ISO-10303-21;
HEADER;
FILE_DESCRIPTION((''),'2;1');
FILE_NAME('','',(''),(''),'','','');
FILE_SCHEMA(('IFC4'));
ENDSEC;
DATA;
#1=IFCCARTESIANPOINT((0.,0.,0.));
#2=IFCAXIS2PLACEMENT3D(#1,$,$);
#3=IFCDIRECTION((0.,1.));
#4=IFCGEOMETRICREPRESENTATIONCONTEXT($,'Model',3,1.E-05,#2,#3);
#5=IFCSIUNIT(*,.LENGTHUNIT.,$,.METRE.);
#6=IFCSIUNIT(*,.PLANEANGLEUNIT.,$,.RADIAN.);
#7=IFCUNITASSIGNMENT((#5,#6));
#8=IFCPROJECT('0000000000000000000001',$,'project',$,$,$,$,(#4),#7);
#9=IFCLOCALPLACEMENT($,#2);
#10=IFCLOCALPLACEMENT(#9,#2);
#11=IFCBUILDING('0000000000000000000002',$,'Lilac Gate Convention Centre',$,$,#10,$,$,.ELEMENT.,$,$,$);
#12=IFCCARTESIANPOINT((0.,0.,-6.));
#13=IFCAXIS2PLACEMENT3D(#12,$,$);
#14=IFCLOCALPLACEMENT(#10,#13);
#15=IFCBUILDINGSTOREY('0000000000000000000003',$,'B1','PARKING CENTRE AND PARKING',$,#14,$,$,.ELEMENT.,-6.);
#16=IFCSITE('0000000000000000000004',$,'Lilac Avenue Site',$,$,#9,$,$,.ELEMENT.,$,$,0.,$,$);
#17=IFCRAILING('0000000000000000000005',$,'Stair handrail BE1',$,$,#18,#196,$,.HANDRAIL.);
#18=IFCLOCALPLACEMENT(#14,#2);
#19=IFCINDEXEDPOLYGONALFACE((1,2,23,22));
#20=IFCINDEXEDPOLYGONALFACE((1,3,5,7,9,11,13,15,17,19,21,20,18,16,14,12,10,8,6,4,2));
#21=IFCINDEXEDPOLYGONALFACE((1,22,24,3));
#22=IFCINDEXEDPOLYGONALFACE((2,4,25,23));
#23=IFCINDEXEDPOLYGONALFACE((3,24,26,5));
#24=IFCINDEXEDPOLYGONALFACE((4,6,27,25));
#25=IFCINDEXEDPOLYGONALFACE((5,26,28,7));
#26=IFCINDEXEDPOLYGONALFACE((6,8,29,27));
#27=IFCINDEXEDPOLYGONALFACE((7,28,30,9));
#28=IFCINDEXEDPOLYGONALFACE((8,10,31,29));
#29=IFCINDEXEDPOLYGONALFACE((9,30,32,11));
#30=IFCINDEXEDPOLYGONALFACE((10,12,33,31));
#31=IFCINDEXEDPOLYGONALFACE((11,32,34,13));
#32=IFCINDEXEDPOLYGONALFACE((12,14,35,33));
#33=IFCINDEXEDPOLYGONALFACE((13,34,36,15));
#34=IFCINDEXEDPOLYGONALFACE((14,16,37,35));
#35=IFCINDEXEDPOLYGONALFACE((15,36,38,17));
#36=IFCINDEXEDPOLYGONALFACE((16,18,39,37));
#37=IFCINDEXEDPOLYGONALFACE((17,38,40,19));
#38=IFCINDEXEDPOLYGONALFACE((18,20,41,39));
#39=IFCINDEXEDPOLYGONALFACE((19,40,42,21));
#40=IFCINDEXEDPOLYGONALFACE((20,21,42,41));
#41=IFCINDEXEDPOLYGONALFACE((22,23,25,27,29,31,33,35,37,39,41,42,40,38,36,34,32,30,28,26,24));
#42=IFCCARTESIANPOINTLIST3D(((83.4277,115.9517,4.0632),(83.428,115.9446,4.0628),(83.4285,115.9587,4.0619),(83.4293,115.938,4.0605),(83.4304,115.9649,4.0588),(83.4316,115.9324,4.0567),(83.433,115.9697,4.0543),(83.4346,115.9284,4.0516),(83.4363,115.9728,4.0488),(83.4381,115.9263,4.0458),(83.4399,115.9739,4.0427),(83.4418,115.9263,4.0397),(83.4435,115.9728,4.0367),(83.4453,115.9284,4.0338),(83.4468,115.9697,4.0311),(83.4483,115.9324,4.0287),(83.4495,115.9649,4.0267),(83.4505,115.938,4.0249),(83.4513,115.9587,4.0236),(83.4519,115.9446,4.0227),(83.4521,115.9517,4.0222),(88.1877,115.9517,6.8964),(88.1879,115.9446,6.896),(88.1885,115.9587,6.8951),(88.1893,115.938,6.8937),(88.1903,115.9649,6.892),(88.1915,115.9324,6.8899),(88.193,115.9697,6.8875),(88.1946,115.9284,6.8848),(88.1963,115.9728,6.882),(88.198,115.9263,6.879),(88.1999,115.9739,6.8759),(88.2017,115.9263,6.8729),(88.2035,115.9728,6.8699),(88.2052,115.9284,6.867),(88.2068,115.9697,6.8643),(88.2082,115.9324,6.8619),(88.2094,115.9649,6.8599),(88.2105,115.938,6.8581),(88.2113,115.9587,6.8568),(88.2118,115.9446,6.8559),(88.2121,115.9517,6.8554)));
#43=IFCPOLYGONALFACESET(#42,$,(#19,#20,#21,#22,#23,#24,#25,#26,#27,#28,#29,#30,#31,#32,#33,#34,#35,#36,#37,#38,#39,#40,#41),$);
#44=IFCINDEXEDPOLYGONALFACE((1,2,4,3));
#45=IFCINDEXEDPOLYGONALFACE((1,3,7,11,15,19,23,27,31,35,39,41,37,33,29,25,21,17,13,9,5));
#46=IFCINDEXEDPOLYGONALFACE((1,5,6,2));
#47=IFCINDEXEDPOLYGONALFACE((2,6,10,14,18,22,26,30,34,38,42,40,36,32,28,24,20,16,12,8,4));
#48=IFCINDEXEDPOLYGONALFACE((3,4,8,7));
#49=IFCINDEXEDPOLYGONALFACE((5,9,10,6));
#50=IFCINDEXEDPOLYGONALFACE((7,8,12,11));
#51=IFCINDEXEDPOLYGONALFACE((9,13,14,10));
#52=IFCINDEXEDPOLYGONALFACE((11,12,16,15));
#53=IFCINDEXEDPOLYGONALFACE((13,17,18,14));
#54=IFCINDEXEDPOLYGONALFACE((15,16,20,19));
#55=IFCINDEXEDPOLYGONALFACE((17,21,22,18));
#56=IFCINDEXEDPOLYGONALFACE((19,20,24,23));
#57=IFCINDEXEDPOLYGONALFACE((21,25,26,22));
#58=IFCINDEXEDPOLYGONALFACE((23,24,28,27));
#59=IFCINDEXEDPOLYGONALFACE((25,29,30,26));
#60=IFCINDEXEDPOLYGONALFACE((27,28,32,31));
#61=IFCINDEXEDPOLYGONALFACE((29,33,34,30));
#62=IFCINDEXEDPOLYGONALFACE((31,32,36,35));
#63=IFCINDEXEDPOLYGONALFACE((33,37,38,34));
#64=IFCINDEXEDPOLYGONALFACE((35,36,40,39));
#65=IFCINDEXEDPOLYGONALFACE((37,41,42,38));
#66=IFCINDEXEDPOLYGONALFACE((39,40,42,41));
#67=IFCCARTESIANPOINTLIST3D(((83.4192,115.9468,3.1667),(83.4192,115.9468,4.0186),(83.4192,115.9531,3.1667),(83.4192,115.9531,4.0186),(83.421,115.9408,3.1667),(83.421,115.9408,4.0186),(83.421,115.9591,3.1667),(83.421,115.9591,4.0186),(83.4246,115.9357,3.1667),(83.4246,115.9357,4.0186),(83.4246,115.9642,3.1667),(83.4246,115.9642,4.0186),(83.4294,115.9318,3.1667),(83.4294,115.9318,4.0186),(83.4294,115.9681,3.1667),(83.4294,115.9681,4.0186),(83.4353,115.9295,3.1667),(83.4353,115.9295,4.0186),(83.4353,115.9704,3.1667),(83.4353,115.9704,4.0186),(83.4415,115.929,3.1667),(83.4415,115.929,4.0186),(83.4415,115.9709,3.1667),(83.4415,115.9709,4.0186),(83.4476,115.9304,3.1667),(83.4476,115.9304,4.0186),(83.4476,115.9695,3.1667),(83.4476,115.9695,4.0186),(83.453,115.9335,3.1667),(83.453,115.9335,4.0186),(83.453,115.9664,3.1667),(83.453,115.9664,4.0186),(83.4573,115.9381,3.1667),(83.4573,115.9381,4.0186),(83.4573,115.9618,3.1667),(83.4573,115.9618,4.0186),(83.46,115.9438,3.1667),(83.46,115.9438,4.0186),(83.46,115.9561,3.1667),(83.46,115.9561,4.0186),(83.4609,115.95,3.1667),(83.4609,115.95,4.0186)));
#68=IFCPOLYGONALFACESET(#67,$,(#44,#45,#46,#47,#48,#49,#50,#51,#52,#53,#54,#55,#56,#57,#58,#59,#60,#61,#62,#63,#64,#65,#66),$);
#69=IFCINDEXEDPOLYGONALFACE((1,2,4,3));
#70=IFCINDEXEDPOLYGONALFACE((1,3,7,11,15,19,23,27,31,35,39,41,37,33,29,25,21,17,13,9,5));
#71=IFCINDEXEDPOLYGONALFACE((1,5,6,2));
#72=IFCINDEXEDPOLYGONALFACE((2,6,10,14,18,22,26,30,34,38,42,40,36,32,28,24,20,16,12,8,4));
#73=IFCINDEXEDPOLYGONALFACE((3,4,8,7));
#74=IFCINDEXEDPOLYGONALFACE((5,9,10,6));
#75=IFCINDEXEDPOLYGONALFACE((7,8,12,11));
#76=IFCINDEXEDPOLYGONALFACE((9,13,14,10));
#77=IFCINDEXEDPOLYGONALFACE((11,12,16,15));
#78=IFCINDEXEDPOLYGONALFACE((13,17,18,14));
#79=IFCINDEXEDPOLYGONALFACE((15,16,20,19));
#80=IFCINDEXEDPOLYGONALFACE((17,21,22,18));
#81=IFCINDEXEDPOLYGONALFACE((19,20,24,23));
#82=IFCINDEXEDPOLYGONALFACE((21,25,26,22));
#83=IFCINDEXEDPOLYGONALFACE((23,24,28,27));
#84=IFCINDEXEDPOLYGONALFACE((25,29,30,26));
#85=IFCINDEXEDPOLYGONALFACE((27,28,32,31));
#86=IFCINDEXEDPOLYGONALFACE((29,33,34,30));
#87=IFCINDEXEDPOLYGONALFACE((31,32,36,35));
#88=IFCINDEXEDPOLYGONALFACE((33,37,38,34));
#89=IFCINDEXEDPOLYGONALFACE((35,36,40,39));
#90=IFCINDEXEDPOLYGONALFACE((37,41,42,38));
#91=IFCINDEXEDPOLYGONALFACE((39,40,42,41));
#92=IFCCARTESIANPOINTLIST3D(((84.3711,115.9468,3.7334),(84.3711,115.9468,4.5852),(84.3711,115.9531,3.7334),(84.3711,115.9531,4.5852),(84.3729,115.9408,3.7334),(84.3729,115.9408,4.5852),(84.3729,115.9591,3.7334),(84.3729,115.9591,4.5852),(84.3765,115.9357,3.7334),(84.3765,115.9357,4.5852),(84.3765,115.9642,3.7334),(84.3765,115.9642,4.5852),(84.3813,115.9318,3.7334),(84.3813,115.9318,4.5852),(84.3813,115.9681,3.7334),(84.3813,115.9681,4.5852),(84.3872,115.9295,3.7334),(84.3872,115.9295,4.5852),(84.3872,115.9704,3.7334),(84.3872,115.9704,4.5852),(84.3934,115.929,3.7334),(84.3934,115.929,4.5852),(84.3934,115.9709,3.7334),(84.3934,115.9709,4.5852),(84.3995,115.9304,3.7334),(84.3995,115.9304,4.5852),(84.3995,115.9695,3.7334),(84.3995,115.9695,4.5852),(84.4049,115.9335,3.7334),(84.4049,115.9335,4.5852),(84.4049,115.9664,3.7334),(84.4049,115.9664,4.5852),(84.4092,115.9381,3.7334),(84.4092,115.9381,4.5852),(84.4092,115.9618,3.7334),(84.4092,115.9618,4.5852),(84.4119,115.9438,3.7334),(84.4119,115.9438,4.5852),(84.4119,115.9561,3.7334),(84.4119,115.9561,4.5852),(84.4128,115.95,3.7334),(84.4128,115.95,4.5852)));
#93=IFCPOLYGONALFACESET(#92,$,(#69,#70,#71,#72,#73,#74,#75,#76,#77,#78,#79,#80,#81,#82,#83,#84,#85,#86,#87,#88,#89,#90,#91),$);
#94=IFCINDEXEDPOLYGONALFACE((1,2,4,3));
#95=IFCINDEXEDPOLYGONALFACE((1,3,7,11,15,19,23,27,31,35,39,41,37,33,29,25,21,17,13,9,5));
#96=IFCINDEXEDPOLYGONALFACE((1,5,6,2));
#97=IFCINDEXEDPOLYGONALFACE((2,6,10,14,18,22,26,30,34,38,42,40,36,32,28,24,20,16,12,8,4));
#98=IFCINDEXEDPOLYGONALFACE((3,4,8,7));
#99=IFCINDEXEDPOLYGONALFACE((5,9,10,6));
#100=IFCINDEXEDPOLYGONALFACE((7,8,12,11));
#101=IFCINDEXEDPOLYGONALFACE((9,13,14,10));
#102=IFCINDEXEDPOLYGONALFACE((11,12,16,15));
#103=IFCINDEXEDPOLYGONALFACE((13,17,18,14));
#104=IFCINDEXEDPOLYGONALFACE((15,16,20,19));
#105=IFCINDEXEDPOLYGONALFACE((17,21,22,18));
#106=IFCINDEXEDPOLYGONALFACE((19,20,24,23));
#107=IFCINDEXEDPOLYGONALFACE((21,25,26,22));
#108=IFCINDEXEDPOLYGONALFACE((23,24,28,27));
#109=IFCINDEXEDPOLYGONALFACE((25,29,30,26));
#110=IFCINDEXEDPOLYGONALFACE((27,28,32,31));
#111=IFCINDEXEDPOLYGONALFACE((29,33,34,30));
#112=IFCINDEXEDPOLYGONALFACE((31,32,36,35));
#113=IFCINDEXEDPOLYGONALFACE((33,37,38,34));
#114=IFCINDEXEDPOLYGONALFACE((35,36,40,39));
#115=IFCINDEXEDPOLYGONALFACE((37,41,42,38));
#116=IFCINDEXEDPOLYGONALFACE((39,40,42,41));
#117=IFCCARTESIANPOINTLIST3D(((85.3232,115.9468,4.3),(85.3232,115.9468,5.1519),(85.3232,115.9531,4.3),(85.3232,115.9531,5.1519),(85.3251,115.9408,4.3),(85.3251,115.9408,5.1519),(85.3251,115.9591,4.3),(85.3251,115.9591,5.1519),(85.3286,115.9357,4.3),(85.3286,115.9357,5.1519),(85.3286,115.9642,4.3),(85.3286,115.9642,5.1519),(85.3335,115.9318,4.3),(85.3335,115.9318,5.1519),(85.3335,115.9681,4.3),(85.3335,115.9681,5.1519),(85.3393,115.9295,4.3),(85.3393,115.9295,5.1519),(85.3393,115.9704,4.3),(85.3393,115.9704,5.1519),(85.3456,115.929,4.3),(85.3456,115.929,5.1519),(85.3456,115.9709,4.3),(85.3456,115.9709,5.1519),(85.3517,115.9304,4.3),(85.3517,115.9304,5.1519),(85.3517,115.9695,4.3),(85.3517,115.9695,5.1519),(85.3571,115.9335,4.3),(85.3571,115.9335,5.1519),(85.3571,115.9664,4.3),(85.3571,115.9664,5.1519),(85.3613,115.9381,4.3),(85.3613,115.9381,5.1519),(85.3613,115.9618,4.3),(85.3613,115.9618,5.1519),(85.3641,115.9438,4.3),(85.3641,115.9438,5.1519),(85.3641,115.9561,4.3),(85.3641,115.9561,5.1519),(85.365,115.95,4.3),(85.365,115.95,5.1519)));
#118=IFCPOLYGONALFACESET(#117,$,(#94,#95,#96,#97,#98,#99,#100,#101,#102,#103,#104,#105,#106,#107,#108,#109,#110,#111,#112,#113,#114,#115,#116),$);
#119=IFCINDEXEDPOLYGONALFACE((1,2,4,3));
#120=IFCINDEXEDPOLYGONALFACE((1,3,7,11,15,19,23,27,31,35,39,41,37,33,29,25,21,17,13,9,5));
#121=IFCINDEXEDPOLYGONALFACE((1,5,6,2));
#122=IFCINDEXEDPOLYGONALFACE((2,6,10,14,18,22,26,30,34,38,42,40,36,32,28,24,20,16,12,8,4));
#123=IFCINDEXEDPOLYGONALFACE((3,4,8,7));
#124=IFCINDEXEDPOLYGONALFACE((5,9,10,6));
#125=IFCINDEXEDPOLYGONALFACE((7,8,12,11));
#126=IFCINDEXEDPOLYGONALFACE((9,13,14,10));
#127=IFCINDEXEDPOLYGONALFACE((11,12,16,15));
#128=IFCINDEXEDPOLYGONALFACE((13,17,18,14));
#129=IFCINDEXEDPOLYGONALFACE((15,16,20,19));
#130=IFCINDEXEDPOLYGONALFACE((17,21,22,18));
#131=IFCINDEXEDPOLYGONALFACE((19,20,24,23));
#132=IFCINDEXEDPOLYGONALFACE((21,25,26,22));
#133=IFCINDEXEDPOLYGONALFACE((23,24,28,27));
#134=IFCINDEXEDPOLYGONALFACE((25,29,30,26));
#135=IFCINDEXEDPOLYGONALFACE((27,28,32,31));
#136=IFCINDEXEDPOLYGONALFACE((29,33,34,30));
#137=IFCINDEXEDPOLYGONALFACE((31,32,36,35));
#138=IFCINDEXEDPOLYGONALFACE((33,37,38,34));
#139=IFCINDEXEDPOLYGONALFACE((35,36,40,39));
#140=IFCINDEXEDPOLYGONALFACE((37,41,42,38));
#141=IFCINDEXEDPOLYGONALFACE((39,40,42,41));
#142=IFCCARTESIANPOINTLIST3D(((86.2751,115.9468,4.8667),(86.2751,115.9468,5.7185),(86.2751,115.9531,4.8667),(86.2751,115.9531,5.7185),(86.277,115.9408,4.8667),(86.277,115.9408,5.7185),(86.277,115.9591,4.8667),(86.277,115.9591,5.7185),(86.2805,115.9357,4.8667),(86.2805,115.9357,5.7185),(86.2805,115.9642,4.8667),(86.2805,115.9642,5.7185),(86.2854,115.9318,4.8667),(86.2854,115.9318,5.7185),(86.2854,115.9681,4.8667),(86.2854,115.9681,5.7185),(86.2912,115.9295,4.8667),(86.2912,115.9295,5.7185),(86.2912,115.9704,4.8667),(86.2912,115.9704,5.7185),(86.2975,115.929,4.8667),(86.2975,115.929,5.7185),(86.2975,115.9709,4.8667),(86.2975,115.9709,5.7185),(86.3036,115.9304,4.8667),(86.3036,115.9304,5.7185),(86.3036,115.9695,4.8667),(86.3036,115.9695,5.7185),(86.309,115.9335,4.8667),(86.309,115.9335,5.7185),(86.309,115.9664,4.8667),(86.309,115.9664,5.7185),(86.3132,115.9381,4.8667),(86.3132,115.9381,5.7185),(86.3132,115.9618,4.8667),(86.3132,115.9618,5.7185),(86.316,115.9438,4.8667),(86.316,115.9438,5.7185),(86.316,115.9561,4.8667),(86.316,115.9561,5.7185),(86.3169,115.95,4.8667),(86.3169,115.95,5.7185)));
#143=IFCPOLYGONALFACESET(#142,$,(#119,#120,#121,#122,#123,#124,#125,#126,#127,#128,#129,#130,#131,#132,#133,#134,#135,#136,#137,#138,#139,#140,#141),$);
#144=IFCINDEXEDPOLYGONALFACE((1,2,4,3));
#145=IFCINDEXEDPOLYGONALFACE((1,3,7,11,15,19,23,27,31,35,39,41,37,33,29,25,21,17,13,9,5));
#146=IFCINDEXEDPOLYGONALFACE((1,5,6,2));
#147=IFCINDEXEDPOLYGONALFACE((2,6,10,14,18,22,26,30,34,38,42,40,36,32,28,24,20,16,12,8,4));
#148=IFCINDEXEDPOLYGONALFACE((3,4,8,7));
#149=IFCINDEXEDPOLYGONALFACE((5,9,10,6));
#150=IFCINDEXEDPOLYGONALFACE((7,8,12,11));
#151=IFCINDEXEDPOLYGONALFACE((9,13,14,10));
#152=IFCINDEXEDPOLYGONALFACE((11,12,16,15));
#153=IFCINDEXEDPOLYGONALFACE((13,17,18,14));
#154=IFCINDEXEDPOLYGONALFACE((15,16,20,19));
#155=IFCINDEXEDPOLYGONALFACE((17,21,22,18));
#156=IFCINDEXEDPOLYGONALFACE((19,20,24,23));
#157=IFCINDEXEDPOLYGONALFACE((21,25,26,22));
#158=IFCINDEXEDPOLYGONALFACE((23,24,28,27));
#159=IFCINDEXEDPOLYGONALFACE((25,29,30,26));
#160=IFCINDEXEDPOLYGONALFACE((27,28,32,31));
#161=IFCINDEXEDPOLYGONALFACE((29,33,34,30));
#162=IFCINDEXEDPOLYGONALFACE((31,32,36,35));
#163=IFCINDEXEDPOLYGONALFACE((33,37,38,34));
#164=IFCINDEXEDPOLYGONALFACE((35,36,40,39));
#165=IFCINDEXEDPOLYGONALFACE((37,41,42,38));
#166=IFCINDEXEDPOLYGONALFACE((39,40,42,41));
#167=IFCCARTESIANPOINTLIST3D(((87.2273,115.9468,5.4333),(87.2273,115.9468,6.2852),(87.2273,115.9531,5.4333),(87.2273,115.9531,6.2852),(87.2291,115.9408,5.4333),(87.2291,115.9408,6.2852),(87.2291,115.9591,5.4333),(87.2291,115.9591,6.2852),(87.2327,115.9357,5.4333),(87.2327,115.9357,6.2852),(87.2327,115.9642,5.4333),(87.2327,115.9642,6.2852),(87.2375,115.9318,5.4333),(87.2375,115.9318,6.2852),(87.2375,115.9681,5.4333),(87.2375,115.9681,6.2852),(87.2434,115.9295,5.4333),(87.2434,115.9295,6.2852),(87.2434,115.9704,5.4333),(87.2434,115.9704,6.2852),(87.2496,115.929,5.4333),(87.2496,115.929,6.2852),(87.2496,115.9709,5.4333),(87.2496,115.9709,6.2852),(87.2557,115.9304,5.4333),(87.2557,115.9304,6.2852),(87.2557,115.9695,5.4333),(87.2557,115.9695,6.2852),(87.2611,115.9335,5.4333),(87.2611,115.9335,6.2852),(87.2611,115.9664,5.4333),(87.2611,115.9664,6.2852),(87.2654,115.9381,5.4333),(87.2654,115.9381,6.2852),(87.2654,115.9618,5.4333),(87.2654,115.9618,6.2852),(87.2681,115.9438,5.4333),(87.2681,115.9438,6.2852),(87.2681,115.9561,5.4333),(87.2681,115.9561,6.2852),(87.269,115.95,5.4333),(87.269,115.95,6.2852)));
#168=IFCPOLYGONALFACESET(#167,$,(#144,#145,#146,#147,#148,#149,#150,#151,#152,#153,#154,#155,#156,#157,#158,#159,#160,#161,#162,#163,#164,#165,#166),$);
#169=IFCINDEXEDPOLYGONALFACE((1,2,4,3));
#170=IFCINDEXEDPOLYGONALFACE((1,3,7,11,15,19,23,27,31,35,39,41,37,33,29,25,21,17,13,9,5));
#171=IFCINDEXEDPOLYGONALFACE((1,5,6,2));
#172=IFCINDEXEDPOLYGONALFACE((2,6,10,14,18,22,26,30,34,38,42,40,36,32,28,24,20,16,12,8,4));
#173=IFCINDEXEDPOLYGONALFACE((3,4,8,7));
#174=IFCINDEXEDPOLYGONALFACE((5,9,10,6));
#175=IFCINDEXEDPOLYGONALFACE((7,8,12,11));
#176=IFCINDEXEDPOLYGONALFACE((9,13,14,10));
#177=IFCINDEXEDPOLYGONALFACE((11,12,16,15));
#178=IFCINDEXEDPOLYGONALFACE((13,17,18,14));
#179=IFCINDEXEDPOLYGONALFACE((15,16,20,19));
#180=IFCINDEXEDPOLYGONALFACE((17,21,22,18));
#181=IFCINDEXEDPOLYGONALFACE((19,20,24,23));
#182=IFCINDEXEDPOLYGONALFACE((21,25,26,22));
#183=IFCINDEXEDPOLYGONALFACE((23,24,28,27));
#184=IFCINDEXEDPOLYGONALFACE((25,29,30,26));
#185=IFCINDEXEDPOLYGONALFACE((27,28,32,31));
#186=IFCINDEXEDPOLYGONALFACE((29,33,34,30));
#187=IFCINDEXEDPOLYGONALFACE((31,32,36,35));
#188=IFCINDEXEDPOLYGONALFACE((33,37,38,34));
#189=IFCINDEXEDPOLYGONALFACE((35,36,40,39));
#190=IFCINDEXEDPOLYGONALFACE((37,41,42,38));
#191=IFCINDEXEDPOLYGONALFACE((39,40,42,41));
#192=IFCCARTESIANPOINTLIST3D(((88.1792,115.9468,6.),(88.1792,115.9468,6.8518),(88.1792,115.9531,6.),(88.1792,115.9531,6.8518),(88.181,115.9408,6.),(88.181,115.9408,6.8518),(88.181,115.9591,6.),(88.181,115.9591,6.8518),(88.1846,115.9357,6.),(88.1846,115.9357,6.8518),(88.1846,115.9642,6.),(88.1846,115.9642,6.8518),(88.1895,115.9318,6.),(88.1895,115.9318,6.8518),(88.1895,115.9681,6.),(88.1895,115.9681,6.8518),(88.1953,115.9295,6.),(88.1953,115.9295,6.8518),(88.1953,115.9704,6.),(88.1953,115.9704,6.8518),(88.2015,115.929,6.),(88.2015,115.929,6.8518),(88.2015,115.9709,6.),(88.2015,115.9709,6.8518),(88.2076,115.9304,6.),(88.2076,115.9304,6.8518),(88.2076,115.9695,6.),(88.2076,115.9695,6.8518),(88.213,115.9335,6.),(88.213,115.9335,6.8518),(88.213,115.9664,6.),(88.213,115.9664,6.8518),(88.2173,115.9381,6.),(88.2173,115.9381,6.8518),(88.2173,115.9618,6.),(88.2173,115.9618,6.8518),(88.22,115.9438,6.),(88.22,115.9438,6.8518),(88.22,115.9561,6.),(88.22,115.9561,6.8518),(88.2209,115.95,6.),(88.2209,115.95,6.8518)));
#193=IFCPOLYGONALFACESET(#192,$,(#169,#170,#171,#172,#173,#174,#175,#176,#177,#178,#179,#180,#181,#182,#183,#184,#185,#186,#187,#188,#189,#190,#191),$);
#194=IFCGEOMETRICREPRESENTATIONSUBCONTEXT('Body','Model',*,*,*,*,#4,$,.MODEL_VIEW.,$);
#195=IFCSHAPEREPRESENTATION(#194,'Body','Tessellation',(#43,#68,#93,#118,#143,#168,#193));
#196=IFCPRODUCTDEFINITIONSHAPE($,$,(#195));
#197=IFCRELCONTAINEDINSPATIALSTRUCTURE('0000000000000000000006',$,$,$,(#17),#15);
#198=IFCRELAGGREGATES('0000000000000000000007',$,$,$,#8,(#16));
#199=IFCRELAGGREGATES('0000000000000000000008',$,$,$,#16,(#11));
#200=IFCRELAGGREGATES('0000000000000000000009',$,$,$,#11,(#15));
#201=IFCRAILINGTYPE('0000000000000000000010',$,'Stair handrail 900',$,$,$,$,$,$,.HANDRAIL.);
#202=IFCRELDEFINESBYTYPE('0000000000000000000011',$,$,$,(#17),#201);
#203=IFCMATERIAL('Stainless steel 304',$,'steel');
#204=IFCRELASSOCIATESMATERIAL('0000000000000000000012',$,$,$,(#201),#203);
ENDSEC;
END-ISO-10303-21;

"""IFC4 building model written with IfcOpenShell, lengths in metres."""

from ifc_helpers import new_model, si_unit, direction, frame, origin, origin_2d, place, context, subcontext, project, spatial, circle, extrude, material, type_object, element, save


model = new_model("IFC4")

# Units and contexts
model_context = context("Model", 3, precision=1e-05, world=origin(), true_north=direction((0.0, 1.0)))
body_context = subcontext(model_context, "Body", "Model", "MODEL_VIEW")
ifc_project = project(units=[si_unit("LENGTHUNIT", "METRE"), si_unit("PLANEANGLEUNIT", "RADIAN")], contexts=[model_context])

# Site, building, storey
site_placement = place(None, origin())
site = spatial("IfcSite", under=ifc_project, at=site_placement, Name="Lilac Avenue Site", CompositionType="ELEMENT", RefElevation=0.0)
building_placement = place(site_placement, origin())
building = spatial("IfcBuilding", under=site, at=building_placement, Name="Lilac Gate Convention Centre", CompositionType="ELEMENT")
storey_placement = place(building_placement, frame((0.0, 0.0, -6.0)))
storey = spatial("IfcBuildingStorey", under=building, at=storey_placement, Name="B1", Description="PARKING CENTRE AND PARKING", CompositionType="ELEMENT", Elevation=-6.0)

# Shared definitions
ifc_material_1 = material(Name="Stainless steel 304", Category="steel")

# Railing
railing_type = type_object("IfcRailingType", Name="Stair handrail 900", PredefinedType="HANDRAIL", material=ifc_material_1)
for number, where, name in (
    (1, (83.4399, 115.95, 3.1667), "Stair handrail BE1"),
):
    element("IfcRailing", number, at=place(storey_placement, frame(where)), inside=storey, type_object=railing_type, Name=name, PredefinedType="HANDRAIL", context=body_context, shape_type="SweptSolid", body=[
        extrude(circle(Radius=0.0239, at=origin_2d()), frame((0.0, 0.0, 0.876), z_axis=(0.8593, 0.0, 0.511472), x_axis=(0.0, 1.0, 0.0)), (0.0, 0.0, 1.0), 5.5393),
        extrude(circle(Radius=0.021, at=origin_2d()), origin(), (0.0, 0.0, 1.0), 0.8518),
        extrude(circle(Radius=0.021, at=origin_2d()), frame((0.9519, 0.0, 0.5667)), (0.0, 0.0, 1.0), 0.8518),
        extrude(circle(Radius=0.021, at=origin_2d()), frame((1.9041, 0.0, 1.1333)), (0.0, 0.0, 1.0), 0.8518),
        extrude(circle(Radius=0.021, at=origin_2d()), frame((2.856, 0.0, 1.7)), (0.0, 0.0, 1.0), 0.8518),
        extrude(circle(Radius=0.021, at=origin_2d()), frame((3.8081, 0.0, 2.2666)), (0.0, 0.0, 1.0), 0.8518),
        extrude(circle(Radius=0.021, at=origin_2d()), frame((4.76, 0.0, 2.8333)), (0.0, 0.0, 1.0), 0.8518),
    ])

save(model, "model.ifc")
